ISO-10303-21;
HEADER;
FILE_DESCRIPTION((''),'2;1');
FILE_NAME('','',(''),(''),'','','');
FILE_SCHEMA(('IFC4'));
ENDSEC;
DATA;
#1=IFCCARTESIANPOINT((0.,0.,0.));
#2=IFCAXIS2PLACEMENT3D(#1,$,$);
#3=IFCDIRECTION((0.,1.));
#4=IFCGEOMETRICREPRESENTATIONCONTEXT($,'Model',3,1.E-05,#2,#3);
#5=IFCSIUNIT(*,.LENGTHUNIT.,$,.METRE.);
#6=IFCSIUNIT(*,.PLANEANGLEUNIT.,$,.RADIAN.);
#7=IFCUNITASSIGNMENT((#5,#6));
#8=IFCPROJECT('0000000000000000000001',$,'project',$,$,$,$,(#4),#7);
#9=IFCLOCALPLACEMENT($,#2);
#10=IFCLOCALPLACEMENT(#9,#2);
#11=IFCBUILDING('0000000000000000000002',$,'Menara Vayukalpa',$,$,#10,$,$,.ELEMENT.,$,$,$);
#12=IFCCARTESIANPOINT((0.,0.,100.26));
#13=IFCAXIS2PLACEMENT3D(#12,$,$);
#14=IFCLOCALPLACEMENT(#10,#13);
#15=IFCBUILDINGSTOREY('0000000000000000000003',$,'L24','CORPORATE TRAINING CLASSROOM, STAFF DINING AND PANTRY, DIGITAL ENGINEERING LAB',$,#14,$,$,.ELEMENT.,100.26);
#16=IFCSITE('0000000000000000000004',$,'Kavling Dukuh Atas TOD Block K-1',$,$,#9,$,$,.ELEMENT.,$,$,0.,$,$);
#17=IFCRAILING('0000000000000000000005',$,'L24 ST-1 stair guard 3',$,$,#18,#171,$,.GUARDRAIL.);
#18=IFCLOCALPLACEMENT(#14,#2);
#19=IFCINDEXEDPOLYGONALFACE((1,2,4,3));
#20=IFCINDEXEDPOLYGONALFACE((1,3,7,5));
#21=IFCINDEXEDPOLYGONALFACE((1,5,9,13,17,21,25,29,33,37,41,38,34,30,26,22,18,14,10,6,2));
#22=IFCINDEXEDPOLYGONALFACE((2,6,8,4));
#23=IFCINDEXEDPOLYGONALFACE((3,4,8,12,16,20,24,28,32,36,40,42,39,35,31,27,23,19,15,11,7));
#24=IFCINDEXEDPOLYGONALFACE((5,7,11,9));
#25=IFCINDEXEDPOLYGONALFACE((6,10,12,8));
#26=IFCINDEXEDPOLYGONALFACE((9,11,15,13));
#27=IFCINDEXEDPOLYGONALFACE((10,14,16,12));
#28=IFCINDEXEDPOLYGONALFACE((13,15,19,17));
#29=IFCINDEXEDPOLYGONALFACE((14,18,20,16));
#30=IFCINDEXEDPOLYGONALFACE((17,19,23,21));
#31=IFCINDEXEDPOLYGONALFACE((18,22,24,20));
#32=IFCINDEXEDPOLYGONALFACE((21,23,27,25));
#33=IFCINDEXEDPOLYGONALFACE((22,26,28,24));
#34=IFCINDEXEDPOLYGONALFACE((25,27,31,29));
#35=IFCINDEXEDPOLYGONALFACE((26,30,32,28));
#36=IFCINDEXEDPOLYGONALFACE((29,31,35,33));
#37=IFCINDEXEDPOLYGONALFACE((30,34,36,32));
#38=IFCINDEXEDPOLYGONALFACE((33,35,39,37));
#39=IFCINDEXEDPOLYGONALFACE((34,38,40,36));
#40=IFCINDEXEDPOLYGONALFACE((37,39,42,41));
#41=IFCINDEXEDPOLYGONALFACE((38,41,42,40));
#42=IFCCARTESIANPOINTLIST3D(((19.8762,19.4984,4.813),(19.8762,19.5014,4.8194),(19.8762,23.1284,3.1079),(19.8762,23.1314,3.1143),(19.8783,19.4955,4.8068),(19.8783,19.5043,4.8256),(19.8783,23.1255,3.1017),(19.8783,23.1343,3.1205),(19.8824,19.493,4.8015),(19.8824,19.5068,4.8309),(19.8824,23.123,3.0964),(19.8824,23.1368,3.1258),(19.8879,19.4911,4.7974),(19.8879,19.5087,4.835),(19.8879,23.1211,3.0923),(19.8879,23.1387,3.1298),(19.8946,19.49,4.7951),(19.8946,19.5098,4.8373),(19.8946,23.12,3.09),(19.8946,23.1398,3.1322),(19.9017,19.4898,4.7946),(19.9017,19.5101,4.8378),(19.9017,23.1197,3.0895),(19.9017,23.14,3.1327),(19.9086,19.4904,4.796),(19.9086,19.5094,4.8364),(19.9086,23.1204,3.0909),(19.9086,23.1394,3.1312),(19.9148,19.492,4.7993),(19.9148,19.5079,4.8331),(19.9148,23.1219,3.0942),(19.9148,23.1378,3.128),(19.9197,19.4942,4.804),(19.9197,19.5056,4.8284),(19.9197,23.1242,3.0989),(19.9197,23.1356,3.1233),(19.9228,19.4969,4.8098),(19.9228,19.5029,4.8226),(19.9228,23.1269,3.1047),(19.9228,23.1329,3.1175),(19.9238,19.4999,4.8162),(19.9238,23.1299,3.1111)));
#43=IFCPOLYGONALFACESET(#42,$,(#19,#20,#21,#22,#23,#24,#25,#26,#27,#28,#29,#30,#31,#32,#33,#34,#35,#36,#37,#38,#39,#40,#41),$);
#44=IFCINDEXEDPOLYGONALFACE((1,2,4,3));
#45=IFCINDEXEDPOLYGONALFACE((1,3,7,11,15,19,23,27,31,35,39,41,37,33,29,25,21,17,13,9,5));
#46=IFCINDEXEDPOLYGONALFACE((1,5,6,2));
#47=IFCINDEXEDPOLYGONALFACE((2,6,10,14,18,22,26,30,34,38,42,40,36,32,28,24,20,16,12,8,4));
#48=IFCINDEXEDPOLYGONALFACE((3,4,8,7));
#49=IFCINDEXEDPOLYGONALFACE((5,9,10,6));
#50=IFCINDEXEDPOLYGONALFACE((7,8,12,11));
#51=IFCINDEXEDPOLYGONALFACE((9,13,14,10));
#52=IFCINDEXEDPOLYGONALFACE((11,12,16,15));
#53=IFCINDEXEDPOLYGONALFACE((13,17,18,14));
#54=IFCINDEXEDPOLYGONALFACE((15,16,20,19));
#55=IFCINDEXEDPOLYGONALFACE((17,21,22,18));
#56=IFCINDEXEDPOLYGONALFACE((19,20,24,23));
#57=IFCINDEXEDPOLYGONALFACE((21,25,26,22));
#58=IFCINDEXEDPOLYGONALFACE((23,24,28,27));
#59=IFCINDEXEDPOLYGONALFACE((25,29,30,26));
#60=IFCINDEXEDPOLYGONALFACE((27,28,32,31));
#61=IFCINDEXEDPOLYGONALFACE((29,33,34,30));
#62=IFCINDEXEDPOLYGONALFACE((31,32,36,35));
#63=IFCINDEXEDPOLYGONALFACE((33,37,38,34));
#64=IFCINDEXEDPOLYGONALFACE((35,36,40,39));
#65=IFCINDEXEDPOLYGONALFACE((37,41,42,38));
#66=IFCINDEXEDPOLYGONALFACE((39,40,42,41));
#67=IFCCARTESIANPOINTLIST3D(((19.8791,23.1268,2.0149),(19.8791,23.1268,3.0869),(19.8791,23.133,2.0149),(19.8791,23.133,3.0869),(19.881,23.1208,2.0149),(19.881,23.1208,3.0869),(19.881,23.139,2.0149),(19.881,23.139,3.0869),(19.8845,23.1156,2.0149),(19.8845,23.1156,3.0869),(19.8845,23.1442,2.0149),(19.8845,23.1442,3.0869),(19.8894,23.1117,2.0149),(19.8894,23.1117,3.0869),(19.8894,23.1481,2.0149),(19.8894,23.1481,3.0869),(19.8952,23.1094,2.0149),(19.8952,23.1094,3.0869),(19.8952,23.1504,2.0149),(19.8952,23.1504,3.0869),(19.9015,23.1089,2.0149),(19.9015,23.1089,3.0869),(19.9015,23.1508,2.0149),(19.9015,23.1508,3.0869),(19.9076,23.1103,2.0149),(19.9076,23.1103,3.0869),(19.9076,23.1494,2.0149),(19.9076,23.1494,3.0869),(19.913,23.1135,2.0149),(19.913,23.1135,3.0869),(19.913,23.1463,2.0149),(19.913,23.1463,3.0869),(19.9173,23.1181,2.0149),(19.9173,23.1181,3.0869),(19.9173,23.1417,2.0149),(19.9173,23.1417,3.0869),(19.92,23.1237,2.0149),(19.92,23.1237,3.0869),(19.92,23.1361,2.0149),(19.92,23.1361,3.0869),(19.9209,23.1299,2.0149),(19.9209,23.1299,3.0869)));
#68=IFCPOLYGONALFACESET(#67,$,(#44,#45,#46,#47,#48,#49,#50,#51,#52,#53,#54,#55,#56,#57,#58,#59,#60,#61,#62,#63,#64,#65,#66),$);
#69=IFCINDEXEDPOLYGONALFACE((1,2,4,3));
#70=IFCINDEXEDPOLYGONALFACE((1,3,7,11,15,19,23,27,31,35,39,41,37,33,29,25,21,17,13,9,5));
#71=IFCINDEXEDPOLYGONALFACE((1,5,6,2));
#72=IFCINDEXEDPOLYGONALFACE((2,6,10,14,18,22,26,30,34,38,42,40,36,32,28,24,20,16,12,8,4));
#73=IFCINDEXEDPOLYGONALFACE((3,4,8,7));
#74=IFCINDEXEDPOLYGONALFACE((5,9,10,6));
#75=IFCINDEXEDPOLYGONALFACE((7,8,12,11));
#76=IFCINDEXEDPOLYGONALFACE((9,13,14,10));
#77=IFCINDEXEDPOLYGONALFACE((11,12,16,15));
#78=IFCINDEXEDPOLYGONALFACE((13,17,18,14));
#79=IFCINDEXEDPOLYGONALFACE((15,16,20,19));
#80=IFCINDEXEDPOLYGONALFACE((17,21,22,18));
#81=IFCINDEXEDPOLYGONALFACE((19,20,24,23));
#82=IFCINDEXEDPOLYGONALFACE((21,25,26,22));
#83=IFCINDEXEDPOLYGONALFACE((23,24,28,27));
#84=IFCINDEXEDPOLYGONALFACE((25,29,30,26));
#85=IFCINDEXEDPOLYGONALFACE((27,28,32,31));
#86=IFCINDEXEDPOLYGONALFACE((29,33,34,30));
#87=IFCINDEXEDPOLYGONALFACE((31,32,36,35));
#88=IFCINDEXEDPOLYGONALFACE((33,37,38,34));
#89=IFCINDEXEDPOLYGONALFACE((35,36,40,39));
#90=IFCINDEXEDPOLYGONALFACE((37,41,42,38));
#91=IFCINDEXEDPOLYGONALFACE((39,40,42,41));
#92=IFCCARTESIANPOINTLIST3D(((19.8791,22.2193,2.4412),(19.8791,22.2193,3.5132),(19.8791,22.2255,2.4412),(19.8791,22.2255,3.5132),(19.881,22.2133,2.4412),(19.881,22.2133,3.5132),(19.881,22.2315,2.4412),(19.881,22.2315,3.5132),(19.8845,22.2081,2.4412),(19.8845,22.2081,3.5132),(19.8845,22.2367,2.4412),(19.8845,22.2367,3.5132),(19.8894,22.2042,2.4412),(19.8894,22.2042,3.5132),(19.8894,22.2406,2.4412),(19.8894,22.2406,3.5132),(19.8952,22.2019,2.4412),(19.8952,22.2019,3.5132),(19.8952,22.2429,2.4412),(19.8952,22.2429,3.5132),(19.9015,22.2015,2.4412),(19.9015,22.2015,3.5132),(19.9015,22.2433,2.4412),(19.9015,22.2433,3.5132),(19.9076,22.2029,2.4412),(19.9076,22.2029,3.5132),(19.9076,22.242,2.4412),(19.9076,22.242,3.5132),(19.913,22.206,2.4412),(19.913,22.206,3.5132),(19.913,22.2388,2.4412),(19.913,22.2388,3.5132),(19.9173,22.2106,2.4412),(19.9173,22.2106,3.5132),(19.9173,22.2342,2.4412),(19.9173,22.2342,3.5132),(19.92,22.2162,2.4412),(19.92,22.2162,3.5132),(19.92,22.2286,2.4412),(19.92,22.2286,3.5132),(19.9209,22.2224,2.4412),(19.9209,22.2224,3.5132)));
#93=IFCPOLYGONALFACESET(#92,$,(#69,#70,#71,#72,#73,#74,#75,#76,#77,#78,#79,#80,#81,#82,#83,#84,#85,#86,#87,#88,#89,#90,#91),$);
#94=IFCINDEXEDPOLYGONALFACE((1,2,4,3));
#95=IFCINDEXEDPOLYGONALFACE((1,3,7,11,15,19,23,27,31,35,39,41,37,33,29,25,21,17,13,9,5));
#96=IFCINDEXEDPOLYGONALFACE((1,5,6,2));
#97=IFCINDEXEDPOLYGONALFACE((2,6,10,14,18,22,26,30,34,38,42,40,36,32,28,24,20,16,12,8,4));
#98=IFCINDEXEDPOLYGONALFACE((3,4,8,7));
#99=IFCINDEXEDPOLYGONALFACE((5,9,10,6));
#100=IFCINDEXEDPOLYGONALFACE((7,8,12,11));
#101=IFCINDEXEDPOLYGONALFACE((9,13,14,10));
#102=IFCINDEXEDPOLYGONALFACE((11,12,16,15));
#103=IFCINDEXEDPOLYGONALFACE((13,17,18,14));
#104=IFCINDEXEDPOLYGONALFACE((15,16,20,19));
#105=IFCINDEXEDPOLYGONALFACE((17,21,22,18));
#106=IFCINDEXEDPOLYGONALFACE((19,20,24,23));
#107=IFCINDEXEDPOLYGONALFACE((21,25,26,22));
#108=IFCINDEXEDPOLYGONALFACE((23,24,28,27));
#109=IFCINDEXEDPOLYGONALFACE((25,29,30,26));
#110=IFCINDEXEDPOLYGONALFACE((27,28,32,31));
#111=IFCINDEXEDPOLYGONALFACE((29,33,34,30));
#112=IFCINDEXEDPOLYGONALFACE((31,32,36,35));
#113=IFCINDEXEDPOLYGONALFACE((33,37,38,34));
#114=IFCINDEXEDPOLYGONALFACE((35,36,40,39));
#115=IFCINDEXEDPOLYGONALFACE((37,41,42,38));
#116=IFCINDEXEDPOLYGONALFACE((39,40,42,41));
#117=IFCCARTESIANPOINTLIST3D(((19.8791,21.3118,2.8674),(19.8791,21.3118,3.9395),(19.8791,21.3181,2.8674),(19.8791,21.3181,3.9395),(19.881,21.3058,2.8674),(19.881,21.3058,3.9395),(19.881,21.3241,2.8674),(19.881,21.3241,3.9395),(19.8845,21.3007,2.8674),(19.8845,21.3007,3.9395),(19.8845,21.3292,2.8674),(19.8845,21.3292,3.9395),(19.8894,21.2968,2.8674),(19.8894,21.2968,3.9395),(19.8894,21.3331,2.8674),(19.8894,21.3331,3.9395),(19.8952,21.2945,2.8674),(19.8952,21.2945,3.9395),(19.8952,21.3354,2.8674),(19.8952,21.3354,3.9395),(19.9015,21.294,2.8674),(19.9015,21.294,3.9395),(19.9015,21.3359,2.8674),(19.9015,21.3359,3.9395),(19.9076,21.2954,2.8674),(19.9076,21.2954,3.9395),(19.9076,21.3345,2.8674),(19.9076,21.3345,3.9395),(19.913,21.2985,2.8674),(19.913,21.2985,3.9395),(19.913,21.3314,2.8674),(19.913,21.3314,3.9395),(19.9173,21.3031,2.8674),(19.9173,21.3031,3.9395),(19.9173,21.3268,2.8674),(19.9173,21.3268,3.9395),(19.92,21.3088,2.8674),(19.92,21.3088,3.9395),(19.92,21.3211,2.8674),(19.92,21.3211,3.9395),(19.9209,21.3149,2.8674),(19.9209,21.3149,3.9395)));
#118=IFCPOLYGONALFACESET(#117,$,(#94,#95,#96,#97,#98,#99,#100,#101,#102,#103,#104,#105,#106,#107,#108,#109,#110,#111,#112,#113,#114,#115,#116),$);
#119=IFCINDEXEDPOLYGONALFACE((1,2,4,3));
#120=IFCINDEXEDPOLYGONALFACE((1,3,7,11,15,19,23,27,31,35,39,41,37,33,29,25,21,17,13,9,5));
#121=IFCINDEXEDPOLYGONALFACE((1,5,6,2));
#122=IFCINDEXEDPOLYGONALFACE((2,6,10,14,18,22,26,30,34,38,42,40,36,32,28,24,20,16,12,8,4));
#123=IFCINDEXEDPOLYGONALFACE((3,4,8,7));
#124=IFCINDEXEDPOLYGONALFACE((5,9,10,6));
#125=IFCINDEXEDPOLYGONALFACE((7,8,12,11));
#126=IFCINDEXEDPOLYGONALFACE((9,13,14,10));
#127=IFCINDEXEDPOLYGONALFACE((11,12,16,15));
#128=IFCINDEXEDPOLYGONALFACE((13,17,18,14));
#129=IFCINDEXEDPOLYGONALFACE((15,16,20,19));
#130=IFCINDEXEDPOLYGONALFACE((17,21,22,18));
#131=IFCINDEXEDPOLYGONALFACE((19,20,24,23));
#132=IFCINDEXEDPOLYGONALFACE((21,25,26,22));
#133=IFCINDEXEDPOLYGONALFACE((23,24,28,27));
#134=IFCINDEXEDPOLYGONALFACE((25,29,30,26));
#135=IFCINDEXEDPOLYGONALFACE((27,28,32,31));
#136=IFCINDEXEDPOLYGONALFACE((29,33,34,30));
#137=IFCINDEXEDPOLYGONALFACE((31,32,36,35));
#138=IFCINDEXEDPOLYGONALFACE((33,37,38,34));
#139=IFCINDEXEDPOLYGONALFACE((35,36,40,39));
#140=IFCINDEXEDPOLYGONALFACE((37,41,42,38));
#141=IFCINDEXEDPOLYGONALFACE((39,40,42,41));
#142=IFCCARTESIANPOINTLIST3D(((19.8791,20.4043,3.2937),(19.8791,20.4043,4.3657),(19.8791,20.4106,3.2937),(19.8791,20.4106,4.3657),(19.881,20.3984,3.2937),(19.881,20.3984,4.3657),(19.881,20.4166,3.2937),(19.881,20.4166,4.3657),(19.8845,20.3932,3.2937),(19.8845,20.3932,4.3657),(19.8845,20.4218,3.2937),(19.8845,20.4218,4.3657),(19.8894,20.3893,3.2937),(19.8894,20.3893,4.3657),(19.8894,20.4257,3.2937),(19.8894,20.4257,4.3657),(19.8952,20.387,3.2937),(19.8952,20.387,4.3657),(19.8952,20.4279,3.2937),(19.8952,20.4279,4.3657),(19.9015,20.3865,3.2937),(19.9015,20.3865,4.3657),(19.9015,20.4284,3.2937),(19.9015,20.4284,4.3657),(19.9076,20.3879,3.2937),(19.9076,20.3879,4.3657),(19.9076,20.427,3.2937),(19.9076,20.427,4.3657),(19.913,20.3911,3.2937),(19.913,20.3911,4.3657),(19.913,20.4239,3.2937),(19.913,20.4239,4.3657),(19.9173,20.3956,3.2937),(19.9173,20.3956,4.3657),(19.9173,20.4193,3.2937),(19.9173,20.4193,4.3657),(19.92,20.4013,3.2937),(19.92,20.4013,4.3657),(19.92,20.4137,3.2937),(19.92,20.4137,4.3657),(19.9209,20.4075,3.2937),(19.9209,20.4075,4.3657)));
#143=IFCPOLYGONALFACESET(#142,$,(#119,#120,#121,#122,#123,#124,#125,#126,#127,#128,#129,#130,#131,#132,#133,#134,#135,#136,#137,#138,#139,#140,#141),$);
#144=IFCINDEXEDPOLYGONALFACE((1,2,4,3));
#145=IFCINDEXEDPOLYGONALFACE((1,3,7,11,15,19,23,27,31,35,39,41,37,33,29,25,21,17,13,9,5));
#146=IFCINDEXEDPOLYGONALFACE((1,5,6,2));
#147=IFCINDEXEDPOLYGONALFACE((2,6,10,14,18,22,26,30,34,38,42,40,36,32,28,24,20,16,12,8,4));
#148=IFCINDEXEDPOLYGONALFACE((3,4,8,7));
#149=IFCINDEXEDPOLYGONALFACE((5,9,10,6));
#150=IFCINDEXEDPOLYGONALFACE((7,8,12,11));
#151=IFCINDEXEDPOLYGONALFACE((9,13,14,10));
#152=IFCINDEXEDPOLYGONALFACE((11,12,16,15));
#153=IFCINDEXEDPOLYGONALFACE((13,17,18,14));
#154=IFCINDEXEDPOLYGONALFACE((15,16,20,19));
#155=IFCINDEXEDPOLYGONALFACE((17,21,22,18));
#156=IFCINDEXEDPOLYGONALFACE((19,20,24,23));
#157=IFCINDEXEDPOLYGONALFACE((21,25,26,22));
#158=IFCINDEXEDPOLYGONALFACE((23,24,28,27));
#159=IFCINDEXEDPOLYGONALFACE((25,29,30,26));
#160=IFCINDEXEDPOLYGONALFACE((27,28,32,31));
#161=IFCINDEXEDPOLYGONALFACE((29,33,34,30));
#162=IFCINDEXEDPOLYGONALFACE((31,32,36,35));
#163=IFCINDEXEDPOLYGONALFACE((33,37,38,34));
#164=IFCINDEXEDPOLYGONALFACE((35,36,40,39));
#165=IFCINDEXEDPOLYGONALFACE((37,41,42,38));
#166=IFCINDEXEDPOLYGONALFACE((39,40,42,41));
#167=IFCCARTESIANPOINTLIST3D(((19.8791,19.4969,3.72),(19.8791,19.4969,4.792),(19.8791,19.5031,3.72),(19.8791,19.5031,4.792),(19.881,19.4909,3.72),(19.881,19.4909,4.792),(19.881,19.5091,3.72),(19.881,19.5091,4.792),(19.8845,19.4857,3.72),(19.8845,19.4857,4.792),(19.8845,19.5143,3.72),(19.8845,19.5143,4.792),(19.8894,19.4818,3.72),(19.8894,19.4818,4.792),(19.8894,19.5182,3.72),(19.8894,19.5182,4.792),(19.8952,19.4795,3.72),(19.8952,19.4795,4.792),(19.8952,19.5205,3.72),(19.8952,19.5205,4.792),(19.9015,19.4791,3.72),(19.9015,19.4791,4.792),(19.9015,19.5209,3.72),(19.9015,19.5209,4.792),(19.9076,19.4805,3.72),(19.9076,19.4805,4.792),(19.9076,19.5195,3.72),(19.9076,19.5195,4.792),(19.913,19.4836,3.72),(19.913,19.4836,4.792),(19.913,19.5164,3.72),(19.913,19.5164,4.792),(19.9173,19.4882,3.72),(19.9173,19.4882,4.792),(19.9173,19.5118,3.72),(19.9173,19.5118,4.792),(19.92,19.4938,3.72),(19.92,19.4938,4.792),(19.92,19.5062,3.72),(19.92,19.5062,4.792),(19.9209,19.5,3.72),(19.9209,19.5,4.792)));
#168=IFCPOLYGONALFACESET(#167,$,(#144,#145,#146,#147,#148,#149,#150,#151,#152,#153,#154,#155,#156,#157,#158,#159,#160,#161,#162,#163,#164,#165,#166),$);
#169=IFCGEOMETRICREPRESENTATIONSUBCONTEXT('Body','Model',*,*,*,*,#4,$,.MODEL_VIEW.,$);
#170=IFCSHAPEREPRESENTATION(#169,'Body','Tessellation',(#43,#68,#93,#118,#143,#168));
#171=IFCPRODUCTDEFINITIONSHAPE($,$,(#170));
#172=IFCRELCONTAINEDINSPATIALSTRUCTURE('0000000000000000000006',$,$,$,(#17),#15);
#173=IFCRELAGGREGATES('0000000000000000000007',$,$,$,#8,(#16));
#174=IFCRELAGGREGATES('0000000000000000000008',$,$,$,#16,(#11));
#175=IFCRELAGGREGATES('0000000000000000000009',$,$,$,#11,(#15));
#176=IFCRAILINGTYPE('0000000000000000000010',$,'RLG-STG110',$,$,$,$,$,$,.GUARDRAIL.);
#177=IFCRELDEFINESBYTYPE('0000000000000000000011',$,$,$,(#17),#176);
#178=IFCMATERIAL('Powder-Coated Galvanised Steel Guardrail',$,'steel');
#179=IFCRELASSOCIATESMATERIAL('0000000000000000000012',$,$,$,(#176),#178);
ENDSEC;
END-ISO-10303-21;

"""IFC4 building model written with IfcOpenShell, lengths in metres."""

from ifc_helpers import new_model, si_unit, direction, frame, origin, origin_2d, place, context, subcontext, project, spatial, circle, extrude, material, type_object, element, save


model = new_model("IFC4")

# Units and contexts
model_context = context("Model", 3, precision=1e-05, world=origin(), true_north=direction((0.0, 1.0)))
body_context = subcontext(model_context, "Body", "Model", "MODEL_VIEW")
ifc_project = project(units=[si_unit("LENGTHUNIT", "METRE"), si_unit("PLANEANGLEUNIT", "RADIAN")], contexts=[model_context])

# Site, building, storey
site_placement = place(None, origin())
site = spatial("IfcSite", under=ifc_project, at=site_placement, Name="Kavling Dukuh Atas TOD Block K-1", CompositionType="ELEMENT", RefElevation=0.0)
building_placement = place(site_placement, origin())
building = spatial("IfcBuilding", under=site, at=building_placement, Name="Menara Vayukalpa", CompositionType="ELEMENT")
storey_placement = place(building_placement, frame((0.0, 0.0, 100.26)))
storey = spatial("IfcBuildingStorey", under=building, at=storey_placement, Name="L24", Description="CORPORATE TRAINING CLASSROOM, STAFF DINING AND PANTRY, DIGITAL ENGINEERING LAB", CompositionType="ELEMENT", Elevation=100.26)

# Railing
ifc_material_1 = material(Name="Powder-Coated Galvanised Steel Guardrail", Category="steel")
railing_type_1 = type_object("IfcRailingType", Name="RLG-STG110", PredefinedType="GUARDRAIL", material=ifc_material_1)
railing_1_placement = place(storey_placement, frame((19.8999, 23.1299, 2.0149)))
element("IfcRailing", 1, at=railing_1_placement, inside=storey, type_object=railing_type_1, Name="L24 ST-1 stair guard 3", PredefinedType="GUARDRAIL", context=body_context, shape_type="SweptSolid", body=[
    extrude(circle(Radius=0.0239, at=origin_2d()), frame((0.0, 0.0, 1.0962), z_axis=(0.0, -0.905116, 0.425164), x_axis=(1.0, 0.0, 0.0)), (0.0, 0.0, 1.0), 4.0105),
    extrude(circle(Radius=0.021, at=origin_2d()), origin(), (0.0, 0.0, 1.0), 1.072),
    extrude(circle(Radius=0.021, at=origin_2d()), frame((0.0, -0.9075, 0.4263)), (0.0, 0.0, 1.0), 1.072),
    extrude(circle(Radius=0.021, at=origin_2d()), frame((0.0, -1.8149, 0.8525)), (0.0, 0.0, 1.0), 1.072),
    extrude(circle(Radius=0.021, at=origin_2d()), frame((0.0, -2.7224, 1.2788)), (0.0, 0.0, 1.0), 1.072),
    extrude(circle(Radius=0.021, at=origin_2d()), frame((0.0, -3.6299, 1.7051)), (0.0, 0.0, 1.0), 1.072),
])

save(model, "model.ifc")
